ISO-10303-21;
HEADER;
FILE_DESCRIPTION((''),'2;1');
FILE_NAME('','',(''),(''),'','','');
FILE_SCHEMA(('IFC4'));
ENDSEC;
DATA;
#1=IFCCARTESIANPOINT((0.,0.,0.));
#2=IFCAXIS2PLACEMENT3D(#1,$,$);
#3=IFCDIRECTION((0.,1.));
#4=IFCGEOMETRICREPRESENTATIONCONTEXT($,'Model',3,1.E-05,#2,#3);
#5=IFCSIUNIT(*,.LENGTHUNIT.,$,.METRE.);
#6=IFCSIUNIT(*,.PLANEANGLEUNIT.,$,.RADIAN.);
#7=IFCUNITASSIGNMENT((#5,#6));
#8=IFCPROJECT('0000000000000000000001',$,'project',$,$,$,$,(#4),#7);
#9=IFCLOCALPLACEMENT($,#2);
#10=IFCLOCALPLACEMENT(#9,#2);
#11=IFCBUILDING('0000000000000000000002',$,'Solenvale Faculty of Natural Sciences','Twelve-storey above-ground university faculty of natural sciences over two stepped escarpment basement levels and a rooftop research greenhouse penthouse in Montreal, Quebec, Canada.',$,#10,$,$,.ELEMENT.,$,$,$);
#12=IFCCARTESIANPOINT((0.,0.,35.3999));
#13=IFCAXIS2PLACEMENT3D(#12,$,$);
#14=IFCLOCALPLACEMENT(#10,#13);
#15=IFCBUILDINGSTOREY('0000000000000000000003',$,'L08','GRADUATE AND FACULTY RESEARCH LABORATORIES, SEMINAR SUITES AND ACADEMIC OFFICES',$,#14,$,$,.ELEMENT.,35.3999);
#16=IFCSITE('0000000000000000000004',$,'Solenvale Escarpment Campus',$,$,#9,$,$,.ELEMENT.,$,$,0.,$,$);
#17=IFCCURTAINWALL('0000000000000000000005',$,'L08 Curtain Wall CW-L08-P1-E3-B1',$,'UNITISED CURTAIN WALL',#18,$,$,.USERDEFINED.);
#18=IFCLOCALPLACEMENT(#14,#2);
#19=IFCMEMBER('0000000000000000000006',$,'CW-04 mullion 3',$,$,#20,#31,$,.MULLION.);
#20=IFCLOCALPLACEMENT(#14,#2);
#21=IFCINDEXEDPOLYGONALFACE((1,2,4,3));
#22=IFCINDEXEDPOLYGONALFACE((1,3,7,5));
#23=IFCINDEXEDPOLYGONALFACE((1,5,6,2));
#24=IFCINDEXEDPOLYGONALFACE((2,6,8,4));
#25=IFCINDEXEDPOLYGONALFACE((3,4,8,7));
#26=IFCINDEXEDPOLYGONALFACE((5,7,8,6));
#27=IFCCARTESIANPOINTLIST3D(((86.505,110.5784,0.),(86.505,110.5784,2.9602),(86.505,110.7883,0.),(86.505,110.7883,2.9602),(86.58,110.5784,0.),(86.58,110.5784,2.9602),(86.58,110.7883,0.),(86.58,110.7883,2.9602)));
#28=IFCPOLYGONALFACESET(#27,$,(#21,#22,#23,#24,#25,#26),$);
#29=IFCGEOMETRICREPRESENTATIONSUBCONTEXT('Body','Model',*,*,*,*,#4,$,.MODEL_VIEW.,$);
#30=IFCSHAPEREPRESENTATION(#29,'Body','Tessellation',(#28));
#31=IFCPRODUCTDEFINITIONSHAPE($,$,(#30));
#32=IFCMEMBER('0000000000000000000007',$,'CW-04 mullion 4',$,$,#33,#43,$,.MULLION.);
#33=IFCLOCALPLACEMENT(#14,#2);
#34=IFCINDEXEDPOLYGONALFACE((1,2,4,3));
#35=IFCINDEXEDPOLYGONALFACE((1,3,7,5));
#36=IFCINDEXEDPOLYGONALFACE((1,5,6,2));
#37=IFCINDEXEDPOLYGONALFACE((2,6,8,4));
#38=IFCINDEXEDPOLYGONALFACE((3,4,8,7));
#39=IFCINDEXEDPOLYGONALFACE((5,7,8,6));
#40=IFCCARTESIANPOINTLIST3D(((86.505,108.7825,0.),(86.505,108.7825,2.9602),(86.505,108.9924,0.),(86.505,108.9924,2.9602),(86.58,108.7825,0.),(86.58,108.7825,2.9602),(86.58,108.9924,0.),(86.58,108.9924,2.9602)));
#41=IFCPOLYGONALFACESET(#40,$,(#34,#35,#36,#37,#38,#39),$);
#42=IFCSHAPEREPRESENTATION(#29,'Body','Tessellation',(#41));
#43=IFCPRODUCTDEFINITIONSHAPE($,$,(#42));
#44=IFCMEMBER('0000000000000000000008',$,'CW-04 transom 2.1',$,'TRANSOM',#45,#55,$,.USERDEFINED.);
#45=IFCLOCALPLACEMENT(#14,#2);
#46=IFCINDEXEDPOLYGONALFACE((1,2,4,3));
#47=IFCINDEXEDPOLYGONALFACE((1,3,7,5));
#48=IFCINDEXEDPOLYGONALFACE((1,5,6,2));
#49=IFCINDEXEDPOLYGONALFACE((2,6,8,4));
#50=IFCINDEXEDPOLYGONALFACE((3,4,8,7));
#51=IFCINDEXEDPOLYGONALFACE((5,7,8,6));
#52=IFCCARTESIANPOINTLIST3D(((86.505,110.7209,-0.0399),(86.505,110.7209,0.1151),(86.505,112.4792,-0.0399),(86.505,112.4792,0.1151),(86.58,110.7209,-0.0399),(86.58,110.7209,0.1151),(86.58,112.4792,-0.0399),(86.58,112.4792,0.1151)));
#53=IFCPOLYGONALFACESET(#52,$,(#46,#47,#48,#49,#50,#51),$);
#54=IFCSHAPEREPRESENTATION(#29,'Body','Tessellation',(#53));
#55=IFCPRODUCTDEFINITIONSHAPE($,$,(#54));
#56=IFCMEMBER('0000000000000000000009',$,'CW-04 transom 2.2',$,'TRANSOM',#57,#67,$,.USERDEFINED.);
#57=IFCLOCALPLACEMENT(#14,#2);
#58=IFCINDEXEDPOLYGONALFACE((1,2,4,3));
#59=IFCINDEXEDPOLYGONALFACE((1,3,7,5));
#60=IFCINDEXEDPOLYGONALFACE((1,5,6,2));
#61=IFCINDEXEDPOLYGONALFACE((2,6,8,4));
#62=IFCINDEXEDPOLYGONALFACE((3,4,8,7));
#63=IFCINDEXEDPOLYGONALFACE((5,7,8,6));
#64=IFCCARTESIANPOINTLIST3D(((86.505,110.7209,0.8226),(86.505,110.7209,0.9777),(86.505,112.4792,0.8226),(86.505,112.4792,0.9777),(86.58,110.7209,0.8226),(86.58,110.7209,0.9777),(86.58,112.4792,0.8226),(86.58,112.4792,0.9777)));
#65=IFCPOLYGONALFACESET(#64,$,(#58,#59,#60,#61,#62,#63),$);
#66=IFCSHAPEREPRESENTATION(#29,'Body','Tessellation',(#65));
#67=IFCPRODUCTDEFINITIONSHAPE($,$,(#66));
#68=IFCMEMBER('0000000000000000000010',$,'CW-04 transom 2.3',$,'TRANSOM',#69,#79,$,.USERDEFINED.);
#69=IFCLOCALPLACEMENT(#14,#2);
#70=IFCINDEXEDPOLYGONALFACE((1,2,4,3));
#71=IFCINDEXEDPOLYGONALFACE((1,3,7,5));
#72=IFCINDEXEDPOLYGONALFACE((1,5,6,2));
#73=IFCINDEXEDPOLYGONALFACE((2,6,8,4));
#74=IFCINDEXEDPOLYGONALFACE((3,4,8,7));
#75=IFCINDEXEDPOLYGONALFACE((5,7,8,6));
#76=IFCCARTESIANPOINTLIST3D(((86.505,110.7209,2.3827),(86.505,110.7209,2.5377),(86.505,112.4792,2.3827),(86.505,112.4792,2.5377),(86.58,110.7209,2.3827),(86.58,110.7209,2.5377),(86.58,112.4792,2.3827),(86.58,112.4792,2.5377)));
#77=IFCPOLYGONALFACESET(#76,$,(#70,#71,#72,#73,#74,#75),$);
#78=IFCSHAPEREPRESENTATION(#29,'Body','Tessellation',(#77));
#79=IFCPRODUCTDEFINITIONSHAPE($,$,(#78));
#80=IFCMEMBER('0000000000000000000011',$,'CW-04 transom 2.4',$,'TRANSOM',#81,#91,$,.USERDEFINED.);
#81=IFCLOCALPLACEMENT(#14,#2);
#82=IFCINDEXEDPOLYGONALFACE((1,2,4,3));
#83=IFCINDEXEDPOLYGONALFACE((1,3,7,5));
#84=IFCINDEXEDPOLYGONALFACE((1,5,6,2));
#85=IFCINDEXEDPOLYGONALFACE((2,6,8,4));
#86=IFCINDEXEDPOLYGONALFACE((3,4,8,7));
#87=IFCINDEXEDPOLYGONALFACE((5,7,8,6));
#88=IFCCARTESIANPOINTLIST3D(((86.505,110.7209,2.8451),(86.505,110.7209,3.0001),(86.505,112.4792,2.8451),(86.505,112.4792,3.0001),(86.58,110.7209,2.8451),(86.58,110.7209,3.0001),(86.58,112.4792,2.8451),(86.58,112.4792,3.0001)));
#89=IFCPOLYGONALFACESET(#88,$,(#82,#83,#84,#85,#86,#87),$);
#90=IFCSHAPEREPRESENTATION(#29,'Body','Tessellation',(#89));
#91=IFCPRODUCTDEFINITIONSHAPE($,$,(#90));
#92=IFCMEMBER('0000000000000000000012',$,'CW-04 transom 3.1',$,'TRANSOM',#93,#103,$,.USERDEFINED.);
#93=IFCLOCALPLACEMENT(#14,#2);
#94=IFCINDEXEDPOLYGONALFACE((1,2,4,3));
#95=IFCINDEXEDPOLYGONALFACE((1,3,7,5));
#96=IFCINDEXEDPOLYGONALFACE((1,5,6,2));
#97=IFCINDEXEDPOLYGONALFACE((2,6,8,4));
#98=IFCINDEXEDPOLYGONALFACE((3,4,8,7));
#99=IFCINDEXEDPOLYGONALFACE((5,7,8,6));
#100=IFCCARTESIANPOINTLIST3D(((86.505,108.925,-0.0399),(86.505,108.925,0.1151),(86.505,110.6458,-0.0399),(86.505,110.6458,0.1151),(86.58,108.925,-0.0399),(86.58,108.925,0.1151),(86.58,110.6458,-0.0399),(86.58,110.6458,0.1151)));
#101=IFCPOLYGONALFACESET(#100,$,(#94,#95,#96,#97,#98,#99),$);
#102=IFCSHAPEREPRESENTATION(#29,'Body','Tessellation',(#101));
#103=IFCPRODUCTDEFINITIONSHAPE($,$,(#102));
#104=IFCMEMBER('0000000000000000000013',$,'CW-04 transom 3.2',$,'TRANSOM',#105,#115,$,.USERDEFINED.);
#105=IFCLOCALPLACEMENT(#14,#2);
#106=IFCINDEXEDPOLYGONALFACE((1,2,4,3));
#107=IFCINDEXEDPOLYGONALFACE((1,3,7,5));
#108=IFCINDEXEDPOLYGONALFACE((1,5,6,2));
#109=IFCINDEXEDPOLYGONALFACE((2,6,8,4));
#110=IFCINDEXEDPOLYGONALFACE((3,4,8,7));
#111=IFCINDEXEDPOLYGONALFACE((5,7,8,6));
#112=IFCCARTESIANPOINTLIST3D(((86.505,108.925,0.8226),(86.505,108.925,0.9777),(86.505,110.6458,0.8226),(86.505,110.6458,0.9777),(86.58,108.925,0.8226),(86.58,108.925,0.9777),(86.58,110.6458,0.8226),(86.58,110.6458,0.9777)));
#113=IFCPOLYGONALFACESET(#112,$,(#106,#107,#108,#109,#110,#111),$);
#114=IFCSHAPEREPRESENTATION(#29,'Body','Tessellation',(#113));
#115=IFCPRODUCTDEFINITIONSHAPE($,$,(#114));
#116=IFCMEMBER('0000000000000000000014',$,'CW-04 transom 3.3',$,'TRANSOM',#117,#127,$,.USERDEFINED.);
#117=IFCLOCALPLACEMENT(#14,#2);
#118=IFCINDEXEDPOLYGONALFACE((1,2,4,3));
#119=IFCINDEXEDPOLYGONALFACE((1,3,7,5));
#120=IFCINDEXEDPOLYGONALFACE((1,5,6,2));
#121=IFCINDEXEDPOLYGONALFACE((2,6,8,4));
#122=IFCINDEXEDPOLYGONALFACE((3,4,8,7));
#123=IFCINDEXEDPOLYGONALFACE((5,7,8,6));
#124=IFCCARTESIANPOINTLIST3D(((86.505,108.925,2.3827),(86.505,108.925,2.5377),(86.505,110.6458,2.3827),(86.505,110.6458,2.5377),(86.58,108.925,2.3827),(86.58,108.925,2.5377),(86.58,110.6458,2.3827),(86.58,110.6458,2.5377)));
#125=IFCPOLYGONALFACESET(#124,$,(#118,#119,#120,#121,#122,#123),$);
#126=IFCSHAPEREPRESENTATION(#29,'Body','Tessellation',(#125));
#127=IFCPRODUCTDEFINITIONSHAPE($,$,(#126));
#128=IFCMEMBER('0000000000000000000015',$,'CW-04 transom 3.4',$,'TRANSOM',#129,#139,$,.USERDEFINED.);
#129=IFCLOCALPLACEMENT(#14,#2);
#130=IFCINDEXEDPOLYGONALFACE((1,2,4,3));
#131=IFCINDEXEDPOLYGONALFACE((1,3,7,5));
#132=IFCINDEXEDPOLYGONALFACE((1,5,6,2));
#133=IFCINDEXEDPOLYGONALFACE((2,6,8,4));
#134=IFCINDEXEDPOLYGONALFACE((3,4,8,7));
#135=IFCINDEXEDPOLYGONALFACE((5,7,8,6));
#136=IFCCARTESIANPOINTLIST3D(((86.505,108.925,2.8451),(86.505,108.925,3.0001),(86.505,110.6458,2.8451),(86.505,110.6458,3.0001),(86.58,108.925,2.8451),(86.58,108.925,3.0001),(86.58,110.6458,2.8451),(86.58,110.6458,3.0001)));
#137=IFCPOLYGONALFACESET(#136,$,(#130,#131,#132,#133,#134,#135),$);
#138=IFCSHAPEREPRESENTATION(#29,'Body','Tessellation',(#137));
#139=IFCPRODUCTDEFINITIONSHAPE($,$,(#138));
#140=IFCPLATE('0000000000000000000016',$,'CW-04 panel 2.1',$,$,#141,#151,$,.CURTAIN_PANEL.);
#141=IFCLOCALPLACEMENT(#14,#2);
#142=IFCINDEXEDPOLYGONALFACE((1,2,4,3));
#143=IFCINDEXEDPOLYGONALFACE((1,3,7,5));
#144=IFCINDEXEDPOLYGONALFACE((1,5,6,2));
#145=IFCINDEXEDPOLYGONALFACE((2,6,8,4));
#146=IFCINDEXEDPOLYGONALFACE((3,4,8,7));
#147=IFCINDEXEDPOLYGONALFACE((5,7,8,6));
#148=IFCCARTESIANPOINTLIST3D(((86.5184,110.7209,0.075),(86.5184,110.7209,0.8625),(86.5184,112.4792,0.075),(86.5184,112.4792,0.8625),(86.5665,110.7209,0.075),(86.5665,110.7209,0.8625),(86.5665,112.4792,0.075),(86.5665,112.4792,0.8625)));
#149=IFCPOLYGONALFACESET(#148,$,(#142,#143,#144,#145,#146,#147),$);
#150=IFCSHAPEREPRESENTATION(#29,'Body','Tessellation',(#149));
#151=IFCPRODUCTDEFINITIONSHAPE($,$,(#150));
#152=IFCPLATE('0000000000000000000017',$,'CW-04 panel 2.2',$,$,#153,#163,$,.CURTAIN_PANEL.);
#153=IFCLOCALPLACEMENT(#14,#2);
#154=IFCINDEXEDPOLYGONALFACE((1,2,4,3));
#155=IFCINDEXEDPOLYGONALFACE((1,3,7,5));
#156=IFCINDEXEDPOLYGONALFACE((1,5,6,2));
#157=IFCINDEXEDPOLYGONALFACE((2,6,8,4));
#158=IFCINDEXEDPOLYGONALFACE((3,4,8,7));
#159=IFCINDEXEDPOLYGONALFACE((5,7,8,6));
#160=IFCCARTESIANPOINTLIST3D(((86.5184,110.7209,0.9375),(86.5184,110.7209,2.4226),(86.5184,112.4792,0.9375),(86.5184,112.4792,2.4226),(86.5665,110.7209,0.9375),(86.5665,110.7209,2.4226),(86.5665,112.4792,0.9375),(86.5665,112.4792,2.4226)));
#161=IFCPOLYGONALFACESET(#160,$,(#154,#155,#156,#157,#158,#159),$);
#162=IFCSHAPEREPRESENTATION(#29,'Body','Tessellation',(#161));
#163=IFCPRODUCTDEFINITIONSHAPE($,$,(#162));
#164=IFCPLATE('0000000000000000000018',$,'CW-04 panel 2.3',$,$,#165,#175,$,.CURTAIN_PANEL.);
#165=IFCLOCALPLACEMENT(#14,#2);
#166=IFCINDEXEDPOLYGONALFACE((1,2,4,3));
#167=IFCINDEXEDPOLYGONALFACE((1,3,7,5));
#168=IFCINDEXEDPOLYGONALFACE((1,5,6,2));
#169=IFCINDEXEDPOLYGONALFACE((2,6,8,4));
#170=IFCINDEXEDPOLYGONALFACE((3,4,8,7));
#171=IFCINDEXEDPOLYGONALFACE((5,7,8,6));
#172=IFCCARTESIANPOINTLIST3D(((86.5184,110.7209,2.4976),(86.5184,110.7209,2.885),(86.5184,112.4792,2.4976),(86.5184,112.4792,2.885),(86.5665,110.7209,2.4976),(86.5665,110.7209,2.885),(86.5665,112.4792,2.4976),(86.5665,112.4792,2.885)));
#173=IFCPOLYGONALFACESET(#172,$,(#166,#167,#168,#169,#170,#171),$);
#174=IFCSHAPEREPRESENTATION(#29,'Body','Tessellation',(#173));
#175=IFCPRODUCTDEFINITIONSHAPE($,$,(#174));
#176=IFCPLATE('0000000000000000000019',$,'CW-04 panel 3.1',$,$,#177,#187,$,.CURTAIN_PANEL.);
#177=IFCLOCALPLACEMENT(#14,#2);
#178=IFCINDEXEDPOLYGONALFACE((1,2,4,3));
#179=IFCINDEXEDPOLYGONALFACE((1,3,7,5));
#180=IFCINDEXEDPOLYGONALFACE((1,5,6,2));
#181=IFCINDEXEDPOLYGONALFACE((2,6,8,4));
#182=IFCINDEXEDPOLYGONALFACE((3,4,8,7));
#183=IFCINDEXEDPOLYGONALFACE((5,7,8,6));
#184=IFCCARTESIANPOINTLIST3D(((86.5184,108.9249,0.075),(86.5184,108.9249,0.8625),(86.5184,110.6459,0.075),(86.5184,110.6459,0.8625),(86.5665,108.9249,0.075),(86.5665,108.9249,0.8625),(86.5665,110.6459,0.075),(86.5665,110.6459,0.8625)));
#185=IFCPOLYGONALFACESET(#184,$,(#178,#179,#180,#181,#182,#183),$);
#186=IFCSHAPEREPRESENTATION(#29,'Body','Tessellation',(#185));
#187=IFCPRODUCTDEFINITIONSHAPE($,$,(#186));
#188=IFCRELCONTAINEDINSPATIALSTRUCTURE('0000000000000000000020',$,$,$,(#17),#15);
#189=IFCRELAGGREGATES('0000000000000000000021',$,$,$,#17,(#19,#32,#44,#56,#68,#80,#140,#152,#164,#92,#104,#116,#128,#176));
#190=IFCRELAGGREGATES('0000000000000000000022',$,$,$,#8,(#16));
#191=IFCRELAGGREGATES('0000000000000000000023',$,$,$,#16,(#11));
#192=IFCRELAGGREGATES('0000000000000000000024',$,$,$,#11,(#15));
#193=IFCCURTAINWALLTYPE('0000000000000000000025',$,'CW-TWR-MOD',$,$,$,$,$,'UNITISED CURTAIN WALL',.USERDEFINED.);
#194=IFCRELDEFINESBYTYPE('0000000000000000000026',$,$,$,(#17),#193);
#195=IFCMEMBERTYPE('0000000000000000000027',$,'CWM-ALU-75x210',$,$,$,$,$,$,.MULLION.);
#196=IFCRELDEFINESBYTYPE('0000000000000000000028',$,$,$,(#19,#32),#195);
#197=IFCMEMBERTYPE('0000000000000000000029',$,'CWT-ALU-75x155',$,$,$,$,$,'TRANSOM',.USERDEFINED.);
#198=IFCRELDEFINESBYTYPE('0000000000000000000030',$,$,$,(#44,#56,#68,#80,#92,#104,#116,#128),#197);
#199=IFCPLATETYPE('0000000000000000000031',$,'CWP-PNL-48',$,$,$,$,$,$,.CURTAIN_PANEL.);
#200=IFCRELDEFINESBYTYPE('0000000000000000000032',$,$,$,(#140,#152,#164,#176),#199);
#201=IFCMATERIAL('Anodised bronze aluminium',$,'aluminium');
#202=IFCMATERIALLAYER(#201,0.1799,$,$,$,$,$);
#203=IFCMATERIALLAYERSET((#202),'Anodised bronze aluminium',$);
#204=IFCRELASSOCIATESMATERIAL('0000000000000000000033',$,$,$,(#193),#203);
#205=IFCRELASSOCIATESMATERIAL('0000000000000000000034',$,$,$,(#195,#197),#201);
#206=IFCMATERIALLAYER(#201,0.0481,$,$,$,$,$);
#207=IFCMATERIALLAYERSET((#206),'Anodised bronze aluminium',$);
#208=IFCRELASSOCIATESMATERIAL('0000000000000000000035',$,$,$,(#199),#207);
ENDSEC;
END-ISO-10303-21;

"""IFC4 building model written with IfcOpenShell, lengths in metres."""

from ifc_helpers import new_model, si_unit, direction, frame, origin, origin_2d, place, context, subcontext, project, spatial, rectangle, extrude, material, layer, layer_set, material_profile, profile_set, type_object, element, aggregate, save


model = new_model("IFC4")

# Units and contexts
model_context = context("Model", 3, precision=1e-05, world=origin(), true_north=direction((0.0, 1.0)))
body_context = subcontext(model_context, "Body", "Model", "MODEL_VIEW")
ifc_project = project(units=[si_unit("LENGTHUNIT", "METRE"), si_unit("PLANEANGLEUNIT", "RADIAN")], contexts=[model_context])

# Site, building, storey
site_placement = place(None, origin())
site = spatial("IfcSite", under=ifc_project, at=site_placement, Name="Solenvale Escarpment Campus", CompositionType="ELEMENT", RefElevation=0.0)
building_placement = place(site_placement, origin())
building = spatial("IfcBuilding", under=site, at=building_placement, Name="Solenvale Faculty of Natural Sciences", Description="Twelve-storey above-ground university faculty of natural sciences over two stepped escarpment basement levels and a rooftop research greenhouse penthouse in Montreal, Quebec, Canada.", CompositionType="ELEMENT")
storey_placement = place(building_placement, frame((0.0, 0.0, 35.3999)))
storey = spatial("IfcBuildingStorey", under=building, at=storey_placement, Name="L08", Description="GRADUATE AND FACULTY RESEARCH LABORATORIES, SEMINAR SUITES AND ACADEMIC OFFICES", CompositionType="ELEMENT", Elevation=35.3999)

# Curtain wall, members, plates
ifc_material_1 = material(Name="Anodised bronze aluminium", Category="aluminium")
ifc_layer_1 = layer(ifc_material_1, 0.1799)
ifc_layer_set_1 = layer_set([ifc_layer_1], Name="Anodised bronze aluminium")
curtain_wall_type = type_object("IfcCurtainWallType", Name="CW-TWR-MOD", ElementType="UNITISED CURTAIN WALL", PredefinedType="USERDEFINED", material=ifc_layer_set_1)
curtain_wall_placement = place(storey_placement, origin())
curtain_wall = element("IfcCurtainWall", 1, at=curtain_wall_placement, inside=storey, type_object=curtain_wall_type, Name="L08 Curtain Wall CW-L08-P1-E3-B1", ObjectType="UNITISED CURTAIN WALL", PredefinedType="USERDEFINED")
ifc_material_profile_1 = material_profile(ifc_material_1, rectangle(XDim=0.075, YDim=0.21, at=origin_2d()), Name="ALU-MUL-75x210")
ifc_profile_set_1 = profile_set([ifc_material_profile_1], Name="Anodised bronze aluminium")
member_type_1 = type_object("IfcMemberType", Name="CWM-ALU-75x210", PredefinedType="MULLION", material=ifc_profile_set_1)
member_1_placement = place(storey_placement, frame((86.5425, 110.6833, 0.0), z_axis=(0.0, 0.0, 1.0), x_axis=(1.0, 0.0, 0.0)))
member_1 = element("IfcMember", 2, at=member_1_placement, type_object=member_type_1, Name="CW-04 mullion 3", PredefinedType="MULLION", context=body_context, shape_type="SweptSolid", body=[
    extrude(rectangle(XDim=0.075, YDim=0.21, at=origin_2d()), origin(), (0.0, 0.0, 1.0), 2.9602),
])
member_2_placement = place(storey_placement, frame((86.5425, 108.8875, 0.0), z_axis=(0.0, 0.0, 1.0), x_axis=(1.0, 0.0, 0.0)))
member_2 = element("IfcMember", 3, at=member_2_placement, type_object=member_type_1, Name="CW-04 mullion 4", PredefinedType="MULLION", context=body_context, shape_type="SweptSolid", body=[
    extrude(rectangle(XDim=0.075, YDim=0.21, at=origin_2d()), origin(), (0.0, 0.0, 1.0), 2.9602),
])
ifc_material_profile_2 = material_profile(ifc_material_1, rectangle(XDim=0.075, YDim=0.155, at=origin_2d()), Name="ALU-TRN-75x155")
ifc_profile_set_2 = profile_set([ifc_material_profile_2], Name="Anodised bronze aluminium")
member_type_2 = type_object("IfcMemberType", Name="CWT-ALU-75x155", ElementType="TRANSOM", PredefinedType="USERDEFINED", material=ifc_profile_set_2)
member_3_placement = place(storey_placement, frame((86.5425, 112.4792, 0.0376), z_axis=(0.0, -1.0, 0.0), x_axis=(1.0, 0.0, 0.0)))
member_3 = element("IfcMember", 4, at=member_3_placement, type_object=member_type_2, Name="CW-04 transom 2.1", ObjectType="TRANSOM", PredefinedType="USERDEFINED", context=body_context, shape_type="SweptSolid", body=[
    extrude(rectangle(XDim=0.075, YDim=0.155, at=origin_2d()), origin(), (0.0, 0.0, 1.0), 1.7583),
])
member_4_placement = place(storey_placement, frame((86.5425, 112.4792, 0.9001), z_axis=(0.0, -1.0, 0.0), x_axis=(1.0, 0.0, 0.0)))
member_4 = element("IfcMember", 5, at=member_4_placement, type_object=member_type_2, Name="CW-04 transom 2.2", ObjectType="TRANSOM", PredefinedType="USERDEFINED", context=body_context, shape_type="SweptSolid", body=[
    extrude(rectangle(XDim=0.075, YDim=0.155, at=origin_2d()), origin(), (0.0, 0.0, 1.0), 1.7583),
])
member_5_placement = place(storey_placement, frame((86.5425, 112.4792, 2.4602), z_axis=(0.0, -1.0, 0.0), x_axis=(1.0, 0.0, 0.0)))
member_5 = element("IfcMember", 6, at=member_5_placement, type_object=member_type_2, Name="CW-04 transom 2.3", ObjectType="TRANSOM", PredefinedType="USERDEFINED", context=body_context, shape_type="SweptSolid", body=[
    extrude(rectangle(XDim=0.075, YDim=0.155, at=origin_2d()), origin(), (0.0, 0.0, 1.0), 1.7583),
])
member_6_placement = place(storey_placement, frame((86.5425, 112.4792, 2.9226), z_axis=(0.0, -1.0, 0.0), x_axis=(1.0, 0.0, 0.0)))
member_6 = element("IfcMember", 7, at=member_6_placement, type_object=member_type_2, Name="CW-04 transom 2.4", ObjectType="TRANSOM", PredefinedType="USERDEFINED", context=body_context, shape_type="SweptSolid", body=[
    extrude(rectangle(XDim=0.075, YDim=0.155, at=origin_2d()), origin(), (0.0, 0.0, 1.0), 1.7583),
])
member_7_placement = place(storey_placement, frame((86.5425, 110.6458, 0.0376), z_axis=(0.0, -1.0, 0.0), x_axis=(1.0, 0.0, 0.0)))
member_7 = element("IfcMember", 8, at=member_7_placement, type_object=member_type_2, Name="CW-04 transom 3.1", ObjectType="TRANSOM", PredefinedType="USERDEFINED", context=body_context, shape_type="SweptSolid", body=[
    extrude(rectangle(XDim=0.075, YDim=0.155, at=origin_2d()), origin(), (0.0, 0.0, 1.0), 1.7207),
])
member_8_placement = place(storey_placement, frame((86.5425, 110.6458, 0.9001), z_axis=(0.0, -1.0, 0.0), x_axis=(1.0, 0.0, 0.0)))
member_8 = element("IfcMember", 9, at=member_8_placement, type_object=member_type_2, Name="CW-04 transom 3.2", ObjectType="TRANSOM", PredefinedType="USERDEFINED", context=body_context, shape_type="SweptSolid", body=[
    extrude(rectangle(XDim=0.075, YDim=0.155, at=origin_2d()), origin(), (0.0, 0.0, 1.0), 1.7207),
])
member_9_placement = place(storey_placement, frame((86.5425, 110.6458, 2.4602), z_axis=(0.0, -1.0, 0.0), x_axis=(1.0, 0.0, 0.0)))
member_9 = element("IfcMember", 10, at=member_9_placement, type_object=member_type_2, Name="CW-04 transom 3.3", ObjectType="TRANSOM", PredefinedType="USERDEFINED", context=body_context, shape_type="SweptSolid", body=[
    extrude(rectangle(XDim=0.075, YDim=0.155, at=origin_2d()), origin(), (0.0, 0.0, 1.0), 1.7207),
])
member_10_placement = place(storey_placement, frame((86.5425, 110.6458, 2.9226), z_axis=(0.0, -1.0, 0.0), x_axis=(1.0, 0.0, 0.0)))
member_10 = element("IfcMember", 11, at=member_10_placement, type_object=member_type_2, Name="CW-04 transom 3.4", ObjectType="TRANSOM", PredefinedType="USERDEFINED", context=body_context, shape_type="SweptSolid", body=[
    extrude(rectangle(XDim=0.075, YDim=0.155, at=origin_2d()), origin(), (0.0, 0.0, 1.0), 1.7207),
])
ifc_layer_2 = layer(ifc_material_1, 0.0481)
ifc_layer_set_2 = layer_set([ifc_layer_2], Name="Anodised bronze aluminium")
plate_type = type_object("IfcPlateType", Name="CWP-PNL-48", PredefinedType="CURTAIN_PANEL", material=ifc_layer_set_2)
plate_1_placement = place(storey_placement, frame((86.5425, 111.6001, 0.075), z_axis=(0.0, 0.0, 1.0), x_axis=(0.0, -1.0, 0.0)))
plate_1 = element("IfcPlate", 12, at=plate_1_placement, type_object=plate_type, Name="CW-04 panel 2.1", PredefinedType="CURTAIN_PANEL", context=body_context, shape_type="SweptSolid", body=[
    extrude(rectangle(XDim=1.7583, YDim=0.0481, at=origin_2d()), origin(), (0.0, 0.0, 1.0), 0.7876),
])
plate_2_placement = place(storey_placement, frame((86.5425, 111.6001, 0.9375), z_axis=(0.0, 0.0, 1.0), x_axis=(0.0, -1.0, 0.0)))
plate_2 = element("IfcPlate", 13, at=plate_2_placement, type_object=plate_type, Name="CW-04 panel 2.2", PredefinedType="CURTAIN_PANEL", context=body_context, shape_type="SweptSolid", body=[
    extrude(rectangle(XDim=1.7583, YDim=0.0481, at=origin_2d()), origin(), (0.0, 0.0, 1.0), 1.4851),
])
plate_3_placement = place(storey_placement, frame((86.5425, 111.6001, 2.4976), z_axis=(0.0, 0.0, 1.0), x_axis=(0.0, -1.0, 0.0)))
plate_3 = element("IfcPlate", 14, at=plate_3_placement, type_object=plate_type, Name="CW-04 panel 2.3", PredefinedType="CURTAIN_PANEL", context=body_context, shape_type="SweptSolid", body=[
    extrude(rectangle(XDim=1.7583, YDim=0.0481, at=origin_2d()), origin(), (0.0, 0.0, 1.0), 0.3875),
])
plate_4_placement = place(storey_placement, frame((86.5425, 109.7854, 0.075), z_axis=(0.0, 0.0, 1.0), x_axis=(0.0, -1.0, 0.0)))
plate_4 = element("IfcPlate", 15, at=plate_4_placement, type_object=plate_type, Name="CW-04 panel 3.1", PredefinedType="CURTAIN_PANEL", context=body_context, shape_type="SweptSolid", body=[
    extrude(rectangle(XDim=1.7209, YDim=0.0481, at=origin_2d()), origin(), (0.0, 0.0, 1.0), 0.7876),
])
aggregate(curtain_wall, [member_1, member_2, member_3, member_4, member_5, member_6, plate_1, plate_2, plate_3, member_7, member_8, member_9, member_10, plate_4])

save(model, "model.ifc")
